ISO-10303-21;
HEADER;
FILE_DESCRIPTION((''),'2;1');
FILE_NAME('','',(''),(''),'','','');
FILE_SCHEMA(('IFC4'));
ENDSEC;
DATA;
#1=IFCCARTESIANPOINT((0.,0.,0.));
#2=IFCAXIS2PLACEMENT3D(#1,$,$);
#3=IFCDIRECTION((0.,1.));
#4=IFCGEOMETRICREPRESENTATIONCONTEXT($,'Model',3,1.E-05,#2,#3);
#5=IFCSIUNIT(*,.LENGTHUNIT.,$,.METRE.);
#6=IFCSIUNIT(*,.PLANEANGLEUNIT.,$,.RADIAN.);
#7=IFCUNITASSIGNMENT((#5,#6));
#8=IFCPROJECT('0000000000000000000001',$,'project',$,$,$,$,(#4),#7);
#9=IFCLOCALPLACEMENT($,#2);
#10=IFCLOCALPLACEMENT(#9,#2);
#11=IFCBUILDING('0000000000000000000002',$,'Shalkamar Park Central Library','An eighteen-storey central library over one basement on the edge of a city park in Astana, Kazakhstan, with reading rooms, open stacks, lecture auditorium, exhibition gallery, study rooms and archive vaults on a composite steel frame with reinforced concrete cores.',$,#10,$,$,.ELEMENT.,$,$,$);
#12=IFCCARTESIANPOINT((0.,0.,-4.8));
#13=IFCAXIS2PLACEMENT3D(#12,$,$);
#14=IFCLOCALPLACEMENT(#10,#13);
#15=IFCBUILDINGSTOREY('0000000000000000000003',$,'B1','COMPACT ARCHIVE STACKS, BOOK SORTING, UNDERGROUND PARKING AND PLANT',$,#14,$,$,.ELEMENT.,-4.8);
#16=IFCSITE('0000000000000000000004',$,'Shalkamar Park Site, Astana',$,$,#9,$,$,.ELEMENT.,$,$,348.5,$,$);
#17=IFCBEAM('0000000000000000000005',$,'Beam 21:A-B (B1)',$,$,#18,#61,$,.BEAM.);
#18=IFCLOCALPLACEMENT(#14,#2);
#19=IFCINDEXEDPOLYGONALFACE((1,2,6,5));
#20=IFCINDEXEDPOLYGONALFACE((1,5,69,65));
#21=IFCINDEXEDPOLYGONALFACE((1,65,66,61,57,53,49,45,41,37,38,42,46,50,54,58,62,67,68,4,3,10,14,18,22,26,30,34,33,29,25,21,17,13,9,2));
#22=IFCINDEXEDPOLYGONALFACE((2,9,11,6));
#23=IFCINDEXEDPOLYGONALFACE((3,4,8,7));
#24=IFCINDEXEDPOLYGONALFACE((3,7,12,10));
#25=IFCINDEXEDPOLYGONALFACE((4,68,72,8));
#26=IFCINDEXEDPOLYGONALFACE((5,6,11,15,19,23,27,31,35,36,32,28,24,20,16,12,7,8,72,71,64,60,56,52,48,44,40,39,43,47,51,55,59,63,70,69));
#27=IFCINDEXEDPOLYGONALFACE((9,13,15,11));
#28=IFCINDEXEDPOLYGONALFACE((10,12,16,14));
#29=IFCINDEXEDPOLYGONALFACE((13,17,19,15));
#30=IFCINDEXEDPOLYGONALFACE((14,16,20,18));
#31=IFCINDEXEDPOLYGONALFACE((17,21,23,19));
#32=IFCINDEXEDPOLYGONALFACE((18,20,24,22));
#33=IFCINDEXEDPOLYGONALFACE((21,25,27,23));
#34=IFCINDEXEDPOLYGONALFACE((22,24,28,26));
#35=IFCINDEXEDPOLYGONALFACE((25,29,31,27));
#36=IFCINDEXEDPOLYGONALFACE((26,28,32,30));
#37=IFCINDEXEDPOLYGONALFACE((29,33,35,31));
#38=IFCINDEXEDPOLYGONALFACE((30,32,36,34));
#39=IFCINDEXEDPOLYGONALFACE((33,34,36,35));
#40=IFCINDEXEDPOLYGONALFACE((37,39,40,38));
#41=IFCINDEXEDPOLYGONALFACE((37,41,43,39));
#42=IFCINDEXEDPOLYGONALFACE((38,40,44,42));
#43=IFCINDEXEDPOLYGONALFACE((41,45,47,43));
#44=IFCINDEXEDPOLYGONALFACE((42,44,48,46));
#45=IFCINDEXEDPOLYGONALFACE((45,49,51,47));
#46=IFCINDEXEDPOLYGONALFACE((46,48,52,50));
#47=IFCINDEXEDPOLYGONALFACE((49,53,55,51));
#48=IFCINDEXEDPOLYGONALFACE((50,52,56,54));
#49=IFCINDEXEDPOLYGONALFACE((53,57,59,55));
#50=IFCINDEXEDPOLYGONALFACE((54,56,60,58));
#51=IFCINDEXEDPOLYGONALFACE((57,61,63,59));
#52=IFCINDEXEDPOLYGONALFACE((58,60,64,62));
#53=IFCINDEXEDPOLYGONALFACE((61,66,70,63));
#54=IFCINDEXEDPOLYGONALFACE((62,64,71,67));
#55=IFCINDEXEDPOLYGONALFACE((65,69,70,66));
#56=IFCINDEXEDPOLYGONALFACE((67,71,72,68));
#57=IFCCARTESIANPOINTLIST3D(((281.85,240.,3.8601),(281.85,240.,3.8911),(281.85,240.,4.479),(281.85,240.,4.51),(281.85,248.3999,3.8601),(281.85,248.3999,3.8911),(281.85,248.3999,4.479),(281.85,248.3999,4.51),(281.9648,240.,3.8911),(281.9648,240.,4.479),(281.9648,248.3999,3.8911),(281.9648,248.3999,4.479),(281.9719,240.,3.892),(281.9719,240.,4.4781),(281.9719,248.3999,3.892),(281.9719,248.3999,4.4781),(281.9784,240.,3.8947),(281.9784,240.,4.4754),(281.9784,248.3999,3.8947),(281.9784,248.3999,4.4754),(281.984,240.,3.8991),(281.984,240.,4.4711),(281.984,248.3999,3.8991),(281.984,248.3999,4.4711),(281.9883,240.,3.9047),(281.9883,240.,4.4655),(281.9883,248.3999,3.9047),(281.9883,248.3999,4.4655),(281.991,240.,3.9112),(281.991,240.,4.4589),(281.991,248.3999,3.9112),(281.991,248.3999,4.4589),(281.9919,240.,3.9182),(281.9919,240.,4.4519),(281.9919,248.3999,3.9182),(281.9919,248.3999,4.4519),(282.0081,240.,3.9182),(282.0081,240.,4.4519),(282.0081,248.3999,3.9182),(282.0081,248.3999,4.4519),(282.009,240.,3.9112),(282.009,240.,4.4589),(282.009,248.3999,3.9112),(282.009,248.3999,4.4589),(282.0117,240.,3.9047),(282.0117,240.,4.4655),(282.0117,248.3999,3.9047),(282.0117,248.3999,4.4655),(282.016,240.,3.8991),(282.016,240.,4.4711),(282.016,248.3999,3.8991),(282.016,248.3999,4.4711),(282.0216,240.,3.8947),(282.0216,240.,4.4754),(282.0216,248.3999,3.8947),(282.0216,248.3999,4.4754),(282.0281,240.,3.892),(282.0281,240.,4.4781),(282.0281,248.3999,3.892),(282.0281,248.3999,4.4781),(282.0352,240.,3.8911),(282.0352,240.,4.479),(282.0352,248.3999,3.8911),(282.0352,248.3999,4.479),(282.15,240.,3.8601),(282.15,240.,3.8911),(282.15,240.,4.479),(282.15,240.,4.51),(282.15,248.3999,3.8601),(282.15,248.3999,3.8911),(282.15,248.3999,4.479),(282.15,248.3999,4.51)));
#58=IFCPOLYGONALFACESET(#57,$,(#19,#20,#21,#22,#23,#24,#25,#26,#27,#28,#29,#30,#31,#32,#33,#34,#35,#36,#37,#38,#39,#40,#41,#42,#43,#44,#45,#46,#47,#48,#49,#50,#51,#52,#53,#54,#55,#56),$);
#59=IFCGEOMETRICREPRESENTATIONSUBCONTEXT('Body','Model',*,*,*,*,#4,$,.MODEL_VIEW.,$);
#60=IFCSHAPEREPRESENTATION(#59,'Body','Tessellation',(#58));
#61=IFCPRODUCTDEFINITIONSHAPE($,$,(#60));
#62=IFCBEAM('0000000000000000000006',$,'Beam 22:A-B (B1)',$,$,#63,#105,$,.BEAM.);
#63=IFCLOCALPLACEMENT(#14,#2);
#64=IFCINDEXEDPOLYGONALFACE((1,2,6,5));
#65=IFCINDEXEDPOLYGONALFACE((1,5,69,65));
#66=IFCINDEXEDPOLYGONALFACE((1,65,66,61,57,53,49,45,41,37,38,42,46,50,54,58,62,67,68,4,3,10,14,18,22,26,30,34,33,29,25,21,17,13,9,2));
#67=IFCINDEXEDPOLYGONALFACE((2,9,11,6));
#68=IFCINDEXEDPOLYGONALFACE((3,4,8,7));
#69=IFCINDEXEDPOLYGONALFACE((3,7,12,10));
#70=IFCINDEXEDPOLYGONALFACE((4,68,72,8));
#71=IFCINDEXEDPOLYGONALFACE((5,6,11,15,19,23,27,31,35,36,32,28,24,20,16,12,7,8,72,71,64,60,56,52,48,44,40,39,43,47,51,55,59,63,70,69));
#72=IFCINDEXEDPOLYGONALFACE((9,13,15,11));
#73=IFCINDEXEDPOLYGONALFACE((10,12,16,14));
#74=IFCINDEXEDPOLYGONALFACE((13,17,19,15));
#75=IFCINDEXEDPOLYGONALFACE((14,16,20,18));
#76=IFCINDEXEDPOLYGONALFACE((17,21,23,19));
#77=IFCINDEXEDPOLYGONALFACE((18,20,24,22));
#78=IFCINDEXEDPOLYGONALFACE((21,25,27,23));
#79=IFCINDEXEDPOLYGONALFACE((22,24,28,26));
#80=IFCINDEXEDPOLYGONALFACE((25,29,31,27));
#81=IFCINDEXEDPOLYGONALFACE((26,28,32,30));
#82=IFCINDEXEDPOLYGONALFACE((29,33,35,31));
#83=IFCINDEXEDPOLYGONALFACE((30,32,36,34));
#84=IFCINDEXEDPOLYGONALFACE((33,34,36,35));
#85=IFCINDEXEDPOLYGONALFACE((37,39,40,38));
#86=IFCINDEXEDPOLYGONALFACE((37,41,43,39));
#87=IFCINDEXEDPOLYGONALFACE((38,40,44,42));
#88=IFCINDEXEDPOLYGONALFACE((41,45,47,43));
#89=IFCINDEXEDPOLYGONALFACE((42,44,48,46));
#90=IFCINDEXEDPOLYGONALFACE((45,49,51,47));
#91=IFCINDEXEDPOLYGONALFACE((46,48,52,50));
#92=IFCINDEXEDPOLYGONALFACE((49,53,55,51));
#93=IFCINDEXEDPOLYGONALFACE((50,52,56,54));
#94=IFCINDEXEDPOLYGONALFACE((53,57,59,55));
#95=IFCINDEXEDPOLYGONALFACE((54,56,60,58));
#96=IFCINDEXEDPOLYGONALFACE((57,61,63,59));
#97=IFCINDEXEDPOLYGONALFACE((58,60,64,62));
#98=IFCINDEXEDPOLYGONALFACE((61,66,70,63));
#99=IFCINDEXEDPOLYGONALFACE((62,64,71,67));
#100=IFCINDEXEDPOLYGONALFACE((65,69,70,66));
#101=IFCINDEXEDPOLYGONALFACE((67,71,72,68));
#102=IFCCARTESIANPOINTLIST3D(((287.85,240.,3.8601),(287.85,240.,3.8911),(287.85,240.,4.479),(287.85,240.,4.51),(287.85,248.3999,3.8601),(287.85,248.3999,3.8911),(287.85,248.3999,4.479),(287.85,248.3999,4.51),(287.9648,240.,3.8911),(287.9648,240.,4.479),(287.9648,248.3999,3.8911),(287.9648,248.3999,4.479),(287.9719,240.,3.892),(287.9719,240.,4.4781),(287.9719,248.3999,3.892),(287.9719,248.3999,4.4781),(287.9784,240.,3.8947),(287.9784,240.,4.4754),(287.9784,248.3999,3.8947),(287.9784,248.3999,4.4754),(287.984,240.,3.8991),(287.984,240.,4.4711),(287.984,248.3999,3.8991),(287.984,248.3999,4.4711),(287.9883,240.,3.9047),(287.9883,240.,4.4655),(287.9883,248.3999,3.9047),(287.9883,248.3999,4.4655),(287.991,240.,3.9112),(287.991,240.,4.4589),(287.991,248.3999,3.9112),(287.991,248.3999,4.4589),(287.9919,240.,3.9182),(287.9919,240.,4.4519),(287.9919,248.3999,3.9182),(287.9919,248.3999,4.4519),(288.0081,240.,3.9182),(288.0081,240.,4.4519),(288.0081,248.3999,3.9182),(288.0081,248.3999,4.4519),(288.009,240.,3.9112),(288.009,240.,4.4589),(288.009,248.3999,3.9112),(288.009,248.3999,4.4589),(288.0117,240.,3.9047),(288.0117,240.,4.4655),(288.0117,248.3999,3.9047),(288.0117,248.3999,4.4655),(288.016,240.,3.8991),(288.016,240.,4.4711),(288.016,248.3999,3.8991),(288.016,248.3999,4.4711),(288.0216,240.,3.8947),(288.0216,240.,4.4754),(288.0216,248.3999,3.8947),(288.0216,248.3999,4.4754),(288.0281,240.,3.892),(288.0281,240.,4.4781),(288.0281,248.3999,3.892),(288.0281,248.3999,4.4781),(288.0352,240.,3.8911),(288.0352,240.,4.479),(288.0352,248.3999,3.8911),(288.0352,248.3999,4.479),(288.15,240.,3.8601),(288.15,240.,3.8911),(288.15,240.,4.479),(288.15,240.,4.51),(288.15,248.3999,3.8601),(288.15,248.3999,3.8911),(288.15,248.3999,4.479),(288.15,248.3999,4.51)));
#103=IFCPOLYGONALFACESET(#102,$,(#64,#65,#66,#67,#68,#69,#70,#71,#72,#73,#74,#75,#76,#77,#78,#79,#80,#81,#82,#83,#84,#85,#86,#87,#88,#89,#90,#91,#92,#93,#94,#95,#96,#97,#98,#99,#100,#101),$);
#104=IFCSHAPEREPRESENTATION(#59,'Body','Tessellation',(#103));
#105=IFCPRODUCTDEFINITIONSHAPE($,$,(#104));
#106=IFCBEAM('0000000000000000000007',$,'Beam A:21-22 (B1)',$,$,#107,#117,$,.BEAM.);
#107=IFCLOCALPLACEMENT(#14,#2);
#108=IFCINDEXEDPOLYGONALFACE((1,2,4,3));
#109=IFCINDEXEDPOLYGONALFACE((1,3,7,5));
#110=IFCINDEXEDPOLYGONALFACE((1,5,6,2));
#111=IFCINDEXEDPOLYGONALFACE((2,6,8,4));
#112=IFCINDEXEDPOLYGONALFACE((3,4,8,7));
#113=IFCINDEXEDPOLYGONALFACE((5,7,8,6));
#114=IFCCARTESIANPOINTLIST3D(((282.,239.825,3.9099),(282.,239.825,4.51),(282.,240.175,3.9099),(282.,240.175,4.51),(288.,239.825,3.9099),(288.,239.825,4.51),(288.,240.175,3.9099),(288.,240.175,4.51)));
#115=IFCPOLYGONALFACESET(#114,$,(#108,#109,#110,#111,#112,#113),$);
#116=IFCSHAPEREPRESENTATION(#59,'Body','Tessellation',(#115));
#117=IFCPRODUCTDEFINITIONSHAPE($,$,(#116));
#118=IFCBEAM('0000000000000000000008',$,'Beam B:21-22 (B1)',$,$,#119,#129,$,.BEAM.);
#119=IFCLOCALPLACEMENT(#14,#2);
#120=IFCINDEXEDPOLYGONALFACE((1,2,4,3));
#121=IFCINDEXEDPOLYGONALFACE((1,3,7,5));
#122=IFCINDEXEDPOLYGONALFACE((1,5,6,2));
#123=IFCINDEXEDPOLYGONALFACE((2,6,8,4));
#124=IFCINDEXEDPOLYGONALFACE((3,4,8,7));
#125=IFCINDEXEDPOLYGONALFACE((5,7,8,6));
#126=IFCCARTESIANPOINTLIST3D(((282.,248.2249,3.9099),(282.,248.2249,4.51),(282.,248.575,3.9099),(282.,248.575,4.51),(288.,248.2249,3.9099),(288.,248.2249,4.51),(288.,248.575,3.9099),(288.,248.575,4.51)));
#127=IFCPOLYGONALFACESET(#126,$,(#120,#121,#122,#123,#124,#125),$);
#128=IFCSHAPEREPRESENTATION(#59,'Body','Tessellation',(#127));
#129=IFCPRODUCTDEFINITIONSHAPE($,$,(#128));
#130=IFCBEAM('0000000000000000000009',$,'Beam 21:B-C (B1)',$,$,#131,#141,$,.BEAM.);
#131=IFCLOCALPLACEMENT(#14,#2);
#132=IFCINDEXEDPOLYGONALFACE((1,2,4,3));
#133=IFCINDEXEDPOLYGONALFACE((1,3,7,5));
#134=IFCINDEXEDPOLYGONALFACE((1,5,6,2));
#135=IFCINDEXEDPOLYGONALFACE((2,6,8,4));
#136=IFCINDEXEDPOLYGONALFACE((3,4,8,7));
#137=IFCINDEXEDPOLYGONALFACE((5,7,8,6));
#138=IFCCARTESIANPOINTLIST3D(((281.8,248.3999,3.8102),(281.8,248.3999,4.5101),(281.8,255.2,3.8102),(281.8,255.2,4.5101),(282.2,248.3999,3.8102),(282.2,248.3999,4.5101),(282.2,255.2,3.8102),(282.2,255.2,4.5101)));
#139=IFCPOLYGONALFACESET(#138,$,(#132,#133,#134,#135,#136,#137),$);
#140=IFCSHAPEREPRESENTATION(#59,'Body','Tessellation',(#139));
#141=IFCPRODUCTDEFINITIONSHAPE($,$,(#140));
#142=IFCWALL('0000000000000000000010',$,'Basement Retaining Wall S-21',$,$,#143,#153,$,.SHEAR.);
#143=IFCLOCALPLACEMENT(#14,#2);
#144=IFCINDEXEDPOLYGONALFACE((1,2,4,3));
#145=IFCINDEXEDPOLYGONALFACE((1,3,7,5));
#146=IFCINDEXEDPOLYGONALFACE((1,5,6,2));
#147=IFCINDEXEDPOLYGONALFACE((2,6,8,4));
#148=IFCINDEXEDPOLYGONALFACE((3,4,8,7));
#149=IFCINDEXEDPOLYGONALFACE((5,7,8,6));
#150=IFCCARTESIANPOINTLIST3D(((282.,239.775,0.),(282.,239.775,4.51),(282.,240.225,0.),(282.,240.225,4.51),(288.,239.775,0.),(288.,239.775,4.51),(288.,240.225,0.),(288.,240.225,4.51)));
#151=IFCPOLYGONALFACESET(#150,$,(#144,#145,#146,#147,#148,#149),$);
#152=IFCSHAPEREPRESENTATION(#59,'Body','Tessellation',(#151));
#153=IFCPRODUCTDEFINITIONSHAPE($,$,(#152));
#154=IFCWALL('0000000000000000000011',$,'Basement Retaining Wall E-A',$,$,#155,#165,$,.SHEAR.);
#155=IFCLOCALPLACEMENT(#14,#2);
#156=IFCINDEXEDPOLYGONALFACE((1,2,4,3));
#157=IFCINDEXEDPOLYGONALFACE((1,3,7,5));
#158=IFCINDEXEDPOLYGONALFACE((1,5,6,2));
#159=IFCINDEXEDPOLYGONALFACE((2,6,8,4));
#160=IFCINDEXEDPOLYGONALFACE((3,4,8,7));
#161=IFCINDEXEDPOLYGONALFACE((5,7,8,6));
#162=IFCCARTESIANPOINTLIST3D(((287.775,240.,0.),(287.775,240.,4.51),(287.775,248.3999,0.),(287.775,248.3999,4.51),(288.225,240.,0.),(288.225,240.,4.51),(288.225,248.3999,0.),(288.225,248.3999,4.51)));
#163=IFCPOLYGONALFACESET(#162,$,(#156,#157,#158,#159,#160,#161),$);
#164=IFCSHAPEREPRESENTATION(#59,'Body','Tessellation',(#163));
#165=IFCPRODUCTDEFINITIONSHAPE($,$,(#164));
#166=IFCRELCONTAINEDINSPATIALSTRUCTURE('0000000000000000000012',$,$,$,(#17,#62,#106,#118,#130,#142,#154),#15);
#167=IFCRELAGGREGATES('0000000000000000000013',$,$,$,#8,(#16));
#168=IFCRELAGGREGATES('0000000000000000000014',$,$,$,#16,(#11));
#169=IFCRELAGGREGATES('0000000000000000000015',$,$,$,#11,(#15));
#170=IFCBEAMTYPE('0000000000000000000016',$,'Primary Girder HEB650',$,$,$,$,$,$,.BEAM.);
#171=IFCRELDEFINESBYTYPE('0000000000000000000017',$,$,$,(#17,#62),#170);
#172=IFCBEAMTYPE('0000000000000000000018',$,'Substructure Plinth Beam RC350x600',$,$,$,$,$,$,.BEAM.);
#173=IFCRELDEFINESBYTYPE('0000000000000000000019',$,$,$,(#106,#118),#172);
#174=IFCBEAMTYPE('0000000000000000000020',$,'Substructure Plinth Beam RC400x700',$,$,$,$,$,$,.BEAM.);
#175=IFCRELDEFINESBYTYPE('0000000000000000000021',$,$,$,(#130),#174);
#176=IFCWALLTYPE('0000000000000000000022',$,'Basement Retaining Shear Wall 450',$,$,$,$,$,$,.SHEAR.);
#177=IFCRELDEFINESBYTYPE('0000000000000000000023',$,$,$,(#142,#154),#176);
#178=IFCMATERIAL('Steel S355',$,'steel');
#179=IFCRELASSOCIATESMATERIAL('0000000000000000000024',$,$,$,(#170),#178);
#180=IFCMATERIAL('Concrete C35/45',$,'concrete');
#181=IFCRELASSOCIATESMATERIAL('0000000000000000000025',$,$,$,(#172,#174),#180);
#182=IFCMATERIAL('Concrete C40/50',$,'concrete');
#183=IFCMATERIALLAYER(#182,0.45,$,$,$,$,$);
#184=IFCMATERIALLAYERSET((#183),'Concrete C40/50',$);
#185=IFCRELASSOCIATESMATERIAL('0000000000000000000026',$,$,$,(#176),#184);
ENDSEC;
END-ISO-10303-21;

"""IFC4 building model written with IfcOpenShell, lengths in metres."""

from ifc_helpers import new_model, si_unit, direction, frame, frame_2d, origin, origin_2d, place, context, subcontext, project, spatial, rectangle, i_section, extrude, material, layer, layer_set, material_profile, profile_set, type_object, element, save


model = new_model("IFC4")

# Units and contexts
model_context = context("Model", 3, precision=1e-05, world=origin(), true_north=direction((0.0, 1.0)))
body_context = subcontext(model_context, "Body", "Model", "MODEL_VIEW")
ifc_project = project(units=[si_unit("LENGTHUNIT", "METRE"), si_unit("PLANEANGLEUNIT", "RADIAN")], contexts=[model_context])

# Site, building, storey
site_placement = place(None, origin())
site = spatial("IfcSite", under=ifc_project, at=site_placement, Name="Shalkamar Park Site, Astana", CompositionType="ELEMENT", RefElevation=348.5)
building_placement = place(site_placement, origin())
building = spatial("IfcBuilding", under=site, at=building_placement, Name="Shalkamar Park Central Library", Description="An eighteen-storey central library over one basement on the edge of a city park in Astana, Kazakhstan, with reading rooms, open stacks, lecture auditorium, exhibition gallery, study rooms and archive vaults on a composite steel frame with reinforced concrete cores.", CompositionType="ELEMENT")
storey_placement = place(building_placement, frame((0.0, 0.0, -4.8)))
storey = spatial("IfcBuildingStorey", under=building, at=storey_placement, Name="B1", Description="COMPACT ARCHIVE STACKS, BOOK SORTING, UNDERGROUND PARKING AND PLANT", CompositionType="ELEMENT", Elevation=-4.8)

# Shared definitions
ifc_material_1 = material(Name="Concrete C35/45", Category="concrete")

# Shared definitions
ifc_material_2 = material(Name="Concrete C40/50", Category="concrete")

# Beams
ifc_material_3 = material(Name="Steel S355", Category="steel")
ifc_material_profile_1 = material_profile(ifc_material_3, i_section(OverallWidth=0.3, OverallDepth=0.6499, WebThickness=0.0161, FlangeThickness=0.031, FilletRadius=0.0271, at=origin_2d()), Name="HEB 650")
ifc_profile_set_1 = profile_set([ifc_material_profile_1], Name="Steel S355")
beam_type_1 = type_object("IfcBeamType", Name="Primary Girder HEB650", PredefinedType="BEAM", material=ifc_profile_set_1)
for number, where, z_axis, x_axis, name in (
    (1, (282.0, 240.0, 4.1851), (0.0, 1.0, 0.0), (-1.0, 0.0, 0.0), "Beam 21:A-B (B1)"),
    (2, (288.0, 240.0, 4.1851), (0.0, 1.0, 0.0), (-1.0, 0.0, 0.0), "Beam 22:A-B (B1)"),
):
    element("IfcBeam", number, at=place(storey_placement, frame(where, z_axis=z_axis, x_axis=x_axis)), inside=storey, type_object=beam_type_1, Name=name, PredefinedType="BEAM", context=body_context, shape_type="SweptSolid", body=[
        extrude(i_section(OverallWidth=0.3, OverallDepth=0.6499, WebThickness=0.0161, FlangeThickness=0.031, FilletRadius=0.0271, at=origin_2d()), origin(), (0.0, 0.0, 1.0), 8.3999),
    ])
ifc_material_profile_2 = material_profile(ifc_material_1, rectangle(XDim=0.3501, YDim=0.6001, at=origin_2d()), Name="RC 350x600")
ifc_profile_set_2 = profile_set([ifc_material_profile_2], Name="Concrete C35/45")
beam_type_2 = type_object("IfcBeamType", Name="Substructure Plinth Beam RC350x600", PredefinedType="BEAM", material=ifc_profile_set_2)
for number, where, z_axis, x_axis, name in (
    (3, (282.0, 240.0, 4.21), (1.0, 0.0, 0.0), (0.0, 1.0, 0.0), "Beam A:21-22 (B1)"),
    (4, (282.0, 248.3999, 4.21), (1.0, 0.0, 0.0), (0.0, 1.0, 0.0), "Beam B:21-22 (B1)"),
):
    element("IfcBeam", number, at=place(storey_placement, frame(where, z_axis=z_axis, x_axis=x_axis)), inside=storey, type_object=beam_type_2, Name=name, PredefinedType="BEAM", context=body_context, shape_type="SweptSolid", body=[
        extrude(rectangle(XDim=0.3501, YDim=0.6001, at=origin_2d()), origin(), (0.0, 0.0, 1.0), 6.0),
    ])
ifc_material_profile_3 = material_profile(ifc_material_1, rectangle(XDim=0.3999, YDim=0.7, at=origin_2d()), Name="RC 400x700")
ifc_profile_set_3 = profile_set([ifc_material_profile_3], Name="Concrete C35/45")
beam_type_3 = type_object("IfcBeamType", Name="Substructure Plinth Beam RC400x700", PredefinedType="BEAM", material=ifc_profile_set_3)
beam_1_placement = place(storey_placement, frame((282.0, 248.3999, 4.1602), z_axis=(0.0, 1.0, 0.0), x_axis=(-1.0, 0.0, 0.0)))
element("IfcBeam", 5, at=beam_1_placement, inside=storey, type_object=beam_type_3, Name="Beam 21:B-C (B1)", PredefinedType="BEAM", context=body_context, shape_type="SweptSolid", body=[
    extrude(rectangle(XDim=0.3999, YDim=0.7, at=origin_2d()), origin(), (0.0, 0.0, 1.0), 6.8),
])

# Walls
ifc_layer = layer(ifc_material_2, 0.45)
ifc_layer_set = layer_set([ifc_layer], Name="Concrete C40/50")
wall_type = type_object("IfcWallType", Name="Basement Retaining Shear Wall 450", PredefinedType="SHEAR", material=ifc_layer_set)
wall_1_placement = place(storey_placement, frame((282.0, 240.0, 0.0), z_axis=(0.0, 0.0, 1.0), x_axis=(1.0, 0.0, 0.0)))
element("IfcWall", 6, at=wall_1_placement, inside=storey, type_object=wall_type, Name="Basement Retaining Wall S-21", PredefinedType="SHEAR", context=body_context, shape_type="SweptSolid", body=[
    extrude(rectangle(XDim=6.0, YDim=0.45, at=frame_2d((3.0, 0.0))), origin(), (0.0, 0.0, 1.0), 4.51),
])
wall_2_placement = place(storey_placement, frame((288.0, 240.0, 0.0), z_axis=(0.0, 0.0, 1.0), x_axis=(0.0, 1.0, 0.0)))
element("IfcWall", 7, at=wall_2_placement, inside=storey, type_object=wall_type, Name="Basement Retaining Wall E-A", PredefinedType="SHEAR", context=body_context, shape_type="SweptSolid", body=[
    extrude(rectangle(XDim=8.3999, YDim=0.45, at=frame_2d((4.2, 0.0))), origin(), (0.0, 0.0, 1.0), 4.51),
])

save(model, "model.ifc")
